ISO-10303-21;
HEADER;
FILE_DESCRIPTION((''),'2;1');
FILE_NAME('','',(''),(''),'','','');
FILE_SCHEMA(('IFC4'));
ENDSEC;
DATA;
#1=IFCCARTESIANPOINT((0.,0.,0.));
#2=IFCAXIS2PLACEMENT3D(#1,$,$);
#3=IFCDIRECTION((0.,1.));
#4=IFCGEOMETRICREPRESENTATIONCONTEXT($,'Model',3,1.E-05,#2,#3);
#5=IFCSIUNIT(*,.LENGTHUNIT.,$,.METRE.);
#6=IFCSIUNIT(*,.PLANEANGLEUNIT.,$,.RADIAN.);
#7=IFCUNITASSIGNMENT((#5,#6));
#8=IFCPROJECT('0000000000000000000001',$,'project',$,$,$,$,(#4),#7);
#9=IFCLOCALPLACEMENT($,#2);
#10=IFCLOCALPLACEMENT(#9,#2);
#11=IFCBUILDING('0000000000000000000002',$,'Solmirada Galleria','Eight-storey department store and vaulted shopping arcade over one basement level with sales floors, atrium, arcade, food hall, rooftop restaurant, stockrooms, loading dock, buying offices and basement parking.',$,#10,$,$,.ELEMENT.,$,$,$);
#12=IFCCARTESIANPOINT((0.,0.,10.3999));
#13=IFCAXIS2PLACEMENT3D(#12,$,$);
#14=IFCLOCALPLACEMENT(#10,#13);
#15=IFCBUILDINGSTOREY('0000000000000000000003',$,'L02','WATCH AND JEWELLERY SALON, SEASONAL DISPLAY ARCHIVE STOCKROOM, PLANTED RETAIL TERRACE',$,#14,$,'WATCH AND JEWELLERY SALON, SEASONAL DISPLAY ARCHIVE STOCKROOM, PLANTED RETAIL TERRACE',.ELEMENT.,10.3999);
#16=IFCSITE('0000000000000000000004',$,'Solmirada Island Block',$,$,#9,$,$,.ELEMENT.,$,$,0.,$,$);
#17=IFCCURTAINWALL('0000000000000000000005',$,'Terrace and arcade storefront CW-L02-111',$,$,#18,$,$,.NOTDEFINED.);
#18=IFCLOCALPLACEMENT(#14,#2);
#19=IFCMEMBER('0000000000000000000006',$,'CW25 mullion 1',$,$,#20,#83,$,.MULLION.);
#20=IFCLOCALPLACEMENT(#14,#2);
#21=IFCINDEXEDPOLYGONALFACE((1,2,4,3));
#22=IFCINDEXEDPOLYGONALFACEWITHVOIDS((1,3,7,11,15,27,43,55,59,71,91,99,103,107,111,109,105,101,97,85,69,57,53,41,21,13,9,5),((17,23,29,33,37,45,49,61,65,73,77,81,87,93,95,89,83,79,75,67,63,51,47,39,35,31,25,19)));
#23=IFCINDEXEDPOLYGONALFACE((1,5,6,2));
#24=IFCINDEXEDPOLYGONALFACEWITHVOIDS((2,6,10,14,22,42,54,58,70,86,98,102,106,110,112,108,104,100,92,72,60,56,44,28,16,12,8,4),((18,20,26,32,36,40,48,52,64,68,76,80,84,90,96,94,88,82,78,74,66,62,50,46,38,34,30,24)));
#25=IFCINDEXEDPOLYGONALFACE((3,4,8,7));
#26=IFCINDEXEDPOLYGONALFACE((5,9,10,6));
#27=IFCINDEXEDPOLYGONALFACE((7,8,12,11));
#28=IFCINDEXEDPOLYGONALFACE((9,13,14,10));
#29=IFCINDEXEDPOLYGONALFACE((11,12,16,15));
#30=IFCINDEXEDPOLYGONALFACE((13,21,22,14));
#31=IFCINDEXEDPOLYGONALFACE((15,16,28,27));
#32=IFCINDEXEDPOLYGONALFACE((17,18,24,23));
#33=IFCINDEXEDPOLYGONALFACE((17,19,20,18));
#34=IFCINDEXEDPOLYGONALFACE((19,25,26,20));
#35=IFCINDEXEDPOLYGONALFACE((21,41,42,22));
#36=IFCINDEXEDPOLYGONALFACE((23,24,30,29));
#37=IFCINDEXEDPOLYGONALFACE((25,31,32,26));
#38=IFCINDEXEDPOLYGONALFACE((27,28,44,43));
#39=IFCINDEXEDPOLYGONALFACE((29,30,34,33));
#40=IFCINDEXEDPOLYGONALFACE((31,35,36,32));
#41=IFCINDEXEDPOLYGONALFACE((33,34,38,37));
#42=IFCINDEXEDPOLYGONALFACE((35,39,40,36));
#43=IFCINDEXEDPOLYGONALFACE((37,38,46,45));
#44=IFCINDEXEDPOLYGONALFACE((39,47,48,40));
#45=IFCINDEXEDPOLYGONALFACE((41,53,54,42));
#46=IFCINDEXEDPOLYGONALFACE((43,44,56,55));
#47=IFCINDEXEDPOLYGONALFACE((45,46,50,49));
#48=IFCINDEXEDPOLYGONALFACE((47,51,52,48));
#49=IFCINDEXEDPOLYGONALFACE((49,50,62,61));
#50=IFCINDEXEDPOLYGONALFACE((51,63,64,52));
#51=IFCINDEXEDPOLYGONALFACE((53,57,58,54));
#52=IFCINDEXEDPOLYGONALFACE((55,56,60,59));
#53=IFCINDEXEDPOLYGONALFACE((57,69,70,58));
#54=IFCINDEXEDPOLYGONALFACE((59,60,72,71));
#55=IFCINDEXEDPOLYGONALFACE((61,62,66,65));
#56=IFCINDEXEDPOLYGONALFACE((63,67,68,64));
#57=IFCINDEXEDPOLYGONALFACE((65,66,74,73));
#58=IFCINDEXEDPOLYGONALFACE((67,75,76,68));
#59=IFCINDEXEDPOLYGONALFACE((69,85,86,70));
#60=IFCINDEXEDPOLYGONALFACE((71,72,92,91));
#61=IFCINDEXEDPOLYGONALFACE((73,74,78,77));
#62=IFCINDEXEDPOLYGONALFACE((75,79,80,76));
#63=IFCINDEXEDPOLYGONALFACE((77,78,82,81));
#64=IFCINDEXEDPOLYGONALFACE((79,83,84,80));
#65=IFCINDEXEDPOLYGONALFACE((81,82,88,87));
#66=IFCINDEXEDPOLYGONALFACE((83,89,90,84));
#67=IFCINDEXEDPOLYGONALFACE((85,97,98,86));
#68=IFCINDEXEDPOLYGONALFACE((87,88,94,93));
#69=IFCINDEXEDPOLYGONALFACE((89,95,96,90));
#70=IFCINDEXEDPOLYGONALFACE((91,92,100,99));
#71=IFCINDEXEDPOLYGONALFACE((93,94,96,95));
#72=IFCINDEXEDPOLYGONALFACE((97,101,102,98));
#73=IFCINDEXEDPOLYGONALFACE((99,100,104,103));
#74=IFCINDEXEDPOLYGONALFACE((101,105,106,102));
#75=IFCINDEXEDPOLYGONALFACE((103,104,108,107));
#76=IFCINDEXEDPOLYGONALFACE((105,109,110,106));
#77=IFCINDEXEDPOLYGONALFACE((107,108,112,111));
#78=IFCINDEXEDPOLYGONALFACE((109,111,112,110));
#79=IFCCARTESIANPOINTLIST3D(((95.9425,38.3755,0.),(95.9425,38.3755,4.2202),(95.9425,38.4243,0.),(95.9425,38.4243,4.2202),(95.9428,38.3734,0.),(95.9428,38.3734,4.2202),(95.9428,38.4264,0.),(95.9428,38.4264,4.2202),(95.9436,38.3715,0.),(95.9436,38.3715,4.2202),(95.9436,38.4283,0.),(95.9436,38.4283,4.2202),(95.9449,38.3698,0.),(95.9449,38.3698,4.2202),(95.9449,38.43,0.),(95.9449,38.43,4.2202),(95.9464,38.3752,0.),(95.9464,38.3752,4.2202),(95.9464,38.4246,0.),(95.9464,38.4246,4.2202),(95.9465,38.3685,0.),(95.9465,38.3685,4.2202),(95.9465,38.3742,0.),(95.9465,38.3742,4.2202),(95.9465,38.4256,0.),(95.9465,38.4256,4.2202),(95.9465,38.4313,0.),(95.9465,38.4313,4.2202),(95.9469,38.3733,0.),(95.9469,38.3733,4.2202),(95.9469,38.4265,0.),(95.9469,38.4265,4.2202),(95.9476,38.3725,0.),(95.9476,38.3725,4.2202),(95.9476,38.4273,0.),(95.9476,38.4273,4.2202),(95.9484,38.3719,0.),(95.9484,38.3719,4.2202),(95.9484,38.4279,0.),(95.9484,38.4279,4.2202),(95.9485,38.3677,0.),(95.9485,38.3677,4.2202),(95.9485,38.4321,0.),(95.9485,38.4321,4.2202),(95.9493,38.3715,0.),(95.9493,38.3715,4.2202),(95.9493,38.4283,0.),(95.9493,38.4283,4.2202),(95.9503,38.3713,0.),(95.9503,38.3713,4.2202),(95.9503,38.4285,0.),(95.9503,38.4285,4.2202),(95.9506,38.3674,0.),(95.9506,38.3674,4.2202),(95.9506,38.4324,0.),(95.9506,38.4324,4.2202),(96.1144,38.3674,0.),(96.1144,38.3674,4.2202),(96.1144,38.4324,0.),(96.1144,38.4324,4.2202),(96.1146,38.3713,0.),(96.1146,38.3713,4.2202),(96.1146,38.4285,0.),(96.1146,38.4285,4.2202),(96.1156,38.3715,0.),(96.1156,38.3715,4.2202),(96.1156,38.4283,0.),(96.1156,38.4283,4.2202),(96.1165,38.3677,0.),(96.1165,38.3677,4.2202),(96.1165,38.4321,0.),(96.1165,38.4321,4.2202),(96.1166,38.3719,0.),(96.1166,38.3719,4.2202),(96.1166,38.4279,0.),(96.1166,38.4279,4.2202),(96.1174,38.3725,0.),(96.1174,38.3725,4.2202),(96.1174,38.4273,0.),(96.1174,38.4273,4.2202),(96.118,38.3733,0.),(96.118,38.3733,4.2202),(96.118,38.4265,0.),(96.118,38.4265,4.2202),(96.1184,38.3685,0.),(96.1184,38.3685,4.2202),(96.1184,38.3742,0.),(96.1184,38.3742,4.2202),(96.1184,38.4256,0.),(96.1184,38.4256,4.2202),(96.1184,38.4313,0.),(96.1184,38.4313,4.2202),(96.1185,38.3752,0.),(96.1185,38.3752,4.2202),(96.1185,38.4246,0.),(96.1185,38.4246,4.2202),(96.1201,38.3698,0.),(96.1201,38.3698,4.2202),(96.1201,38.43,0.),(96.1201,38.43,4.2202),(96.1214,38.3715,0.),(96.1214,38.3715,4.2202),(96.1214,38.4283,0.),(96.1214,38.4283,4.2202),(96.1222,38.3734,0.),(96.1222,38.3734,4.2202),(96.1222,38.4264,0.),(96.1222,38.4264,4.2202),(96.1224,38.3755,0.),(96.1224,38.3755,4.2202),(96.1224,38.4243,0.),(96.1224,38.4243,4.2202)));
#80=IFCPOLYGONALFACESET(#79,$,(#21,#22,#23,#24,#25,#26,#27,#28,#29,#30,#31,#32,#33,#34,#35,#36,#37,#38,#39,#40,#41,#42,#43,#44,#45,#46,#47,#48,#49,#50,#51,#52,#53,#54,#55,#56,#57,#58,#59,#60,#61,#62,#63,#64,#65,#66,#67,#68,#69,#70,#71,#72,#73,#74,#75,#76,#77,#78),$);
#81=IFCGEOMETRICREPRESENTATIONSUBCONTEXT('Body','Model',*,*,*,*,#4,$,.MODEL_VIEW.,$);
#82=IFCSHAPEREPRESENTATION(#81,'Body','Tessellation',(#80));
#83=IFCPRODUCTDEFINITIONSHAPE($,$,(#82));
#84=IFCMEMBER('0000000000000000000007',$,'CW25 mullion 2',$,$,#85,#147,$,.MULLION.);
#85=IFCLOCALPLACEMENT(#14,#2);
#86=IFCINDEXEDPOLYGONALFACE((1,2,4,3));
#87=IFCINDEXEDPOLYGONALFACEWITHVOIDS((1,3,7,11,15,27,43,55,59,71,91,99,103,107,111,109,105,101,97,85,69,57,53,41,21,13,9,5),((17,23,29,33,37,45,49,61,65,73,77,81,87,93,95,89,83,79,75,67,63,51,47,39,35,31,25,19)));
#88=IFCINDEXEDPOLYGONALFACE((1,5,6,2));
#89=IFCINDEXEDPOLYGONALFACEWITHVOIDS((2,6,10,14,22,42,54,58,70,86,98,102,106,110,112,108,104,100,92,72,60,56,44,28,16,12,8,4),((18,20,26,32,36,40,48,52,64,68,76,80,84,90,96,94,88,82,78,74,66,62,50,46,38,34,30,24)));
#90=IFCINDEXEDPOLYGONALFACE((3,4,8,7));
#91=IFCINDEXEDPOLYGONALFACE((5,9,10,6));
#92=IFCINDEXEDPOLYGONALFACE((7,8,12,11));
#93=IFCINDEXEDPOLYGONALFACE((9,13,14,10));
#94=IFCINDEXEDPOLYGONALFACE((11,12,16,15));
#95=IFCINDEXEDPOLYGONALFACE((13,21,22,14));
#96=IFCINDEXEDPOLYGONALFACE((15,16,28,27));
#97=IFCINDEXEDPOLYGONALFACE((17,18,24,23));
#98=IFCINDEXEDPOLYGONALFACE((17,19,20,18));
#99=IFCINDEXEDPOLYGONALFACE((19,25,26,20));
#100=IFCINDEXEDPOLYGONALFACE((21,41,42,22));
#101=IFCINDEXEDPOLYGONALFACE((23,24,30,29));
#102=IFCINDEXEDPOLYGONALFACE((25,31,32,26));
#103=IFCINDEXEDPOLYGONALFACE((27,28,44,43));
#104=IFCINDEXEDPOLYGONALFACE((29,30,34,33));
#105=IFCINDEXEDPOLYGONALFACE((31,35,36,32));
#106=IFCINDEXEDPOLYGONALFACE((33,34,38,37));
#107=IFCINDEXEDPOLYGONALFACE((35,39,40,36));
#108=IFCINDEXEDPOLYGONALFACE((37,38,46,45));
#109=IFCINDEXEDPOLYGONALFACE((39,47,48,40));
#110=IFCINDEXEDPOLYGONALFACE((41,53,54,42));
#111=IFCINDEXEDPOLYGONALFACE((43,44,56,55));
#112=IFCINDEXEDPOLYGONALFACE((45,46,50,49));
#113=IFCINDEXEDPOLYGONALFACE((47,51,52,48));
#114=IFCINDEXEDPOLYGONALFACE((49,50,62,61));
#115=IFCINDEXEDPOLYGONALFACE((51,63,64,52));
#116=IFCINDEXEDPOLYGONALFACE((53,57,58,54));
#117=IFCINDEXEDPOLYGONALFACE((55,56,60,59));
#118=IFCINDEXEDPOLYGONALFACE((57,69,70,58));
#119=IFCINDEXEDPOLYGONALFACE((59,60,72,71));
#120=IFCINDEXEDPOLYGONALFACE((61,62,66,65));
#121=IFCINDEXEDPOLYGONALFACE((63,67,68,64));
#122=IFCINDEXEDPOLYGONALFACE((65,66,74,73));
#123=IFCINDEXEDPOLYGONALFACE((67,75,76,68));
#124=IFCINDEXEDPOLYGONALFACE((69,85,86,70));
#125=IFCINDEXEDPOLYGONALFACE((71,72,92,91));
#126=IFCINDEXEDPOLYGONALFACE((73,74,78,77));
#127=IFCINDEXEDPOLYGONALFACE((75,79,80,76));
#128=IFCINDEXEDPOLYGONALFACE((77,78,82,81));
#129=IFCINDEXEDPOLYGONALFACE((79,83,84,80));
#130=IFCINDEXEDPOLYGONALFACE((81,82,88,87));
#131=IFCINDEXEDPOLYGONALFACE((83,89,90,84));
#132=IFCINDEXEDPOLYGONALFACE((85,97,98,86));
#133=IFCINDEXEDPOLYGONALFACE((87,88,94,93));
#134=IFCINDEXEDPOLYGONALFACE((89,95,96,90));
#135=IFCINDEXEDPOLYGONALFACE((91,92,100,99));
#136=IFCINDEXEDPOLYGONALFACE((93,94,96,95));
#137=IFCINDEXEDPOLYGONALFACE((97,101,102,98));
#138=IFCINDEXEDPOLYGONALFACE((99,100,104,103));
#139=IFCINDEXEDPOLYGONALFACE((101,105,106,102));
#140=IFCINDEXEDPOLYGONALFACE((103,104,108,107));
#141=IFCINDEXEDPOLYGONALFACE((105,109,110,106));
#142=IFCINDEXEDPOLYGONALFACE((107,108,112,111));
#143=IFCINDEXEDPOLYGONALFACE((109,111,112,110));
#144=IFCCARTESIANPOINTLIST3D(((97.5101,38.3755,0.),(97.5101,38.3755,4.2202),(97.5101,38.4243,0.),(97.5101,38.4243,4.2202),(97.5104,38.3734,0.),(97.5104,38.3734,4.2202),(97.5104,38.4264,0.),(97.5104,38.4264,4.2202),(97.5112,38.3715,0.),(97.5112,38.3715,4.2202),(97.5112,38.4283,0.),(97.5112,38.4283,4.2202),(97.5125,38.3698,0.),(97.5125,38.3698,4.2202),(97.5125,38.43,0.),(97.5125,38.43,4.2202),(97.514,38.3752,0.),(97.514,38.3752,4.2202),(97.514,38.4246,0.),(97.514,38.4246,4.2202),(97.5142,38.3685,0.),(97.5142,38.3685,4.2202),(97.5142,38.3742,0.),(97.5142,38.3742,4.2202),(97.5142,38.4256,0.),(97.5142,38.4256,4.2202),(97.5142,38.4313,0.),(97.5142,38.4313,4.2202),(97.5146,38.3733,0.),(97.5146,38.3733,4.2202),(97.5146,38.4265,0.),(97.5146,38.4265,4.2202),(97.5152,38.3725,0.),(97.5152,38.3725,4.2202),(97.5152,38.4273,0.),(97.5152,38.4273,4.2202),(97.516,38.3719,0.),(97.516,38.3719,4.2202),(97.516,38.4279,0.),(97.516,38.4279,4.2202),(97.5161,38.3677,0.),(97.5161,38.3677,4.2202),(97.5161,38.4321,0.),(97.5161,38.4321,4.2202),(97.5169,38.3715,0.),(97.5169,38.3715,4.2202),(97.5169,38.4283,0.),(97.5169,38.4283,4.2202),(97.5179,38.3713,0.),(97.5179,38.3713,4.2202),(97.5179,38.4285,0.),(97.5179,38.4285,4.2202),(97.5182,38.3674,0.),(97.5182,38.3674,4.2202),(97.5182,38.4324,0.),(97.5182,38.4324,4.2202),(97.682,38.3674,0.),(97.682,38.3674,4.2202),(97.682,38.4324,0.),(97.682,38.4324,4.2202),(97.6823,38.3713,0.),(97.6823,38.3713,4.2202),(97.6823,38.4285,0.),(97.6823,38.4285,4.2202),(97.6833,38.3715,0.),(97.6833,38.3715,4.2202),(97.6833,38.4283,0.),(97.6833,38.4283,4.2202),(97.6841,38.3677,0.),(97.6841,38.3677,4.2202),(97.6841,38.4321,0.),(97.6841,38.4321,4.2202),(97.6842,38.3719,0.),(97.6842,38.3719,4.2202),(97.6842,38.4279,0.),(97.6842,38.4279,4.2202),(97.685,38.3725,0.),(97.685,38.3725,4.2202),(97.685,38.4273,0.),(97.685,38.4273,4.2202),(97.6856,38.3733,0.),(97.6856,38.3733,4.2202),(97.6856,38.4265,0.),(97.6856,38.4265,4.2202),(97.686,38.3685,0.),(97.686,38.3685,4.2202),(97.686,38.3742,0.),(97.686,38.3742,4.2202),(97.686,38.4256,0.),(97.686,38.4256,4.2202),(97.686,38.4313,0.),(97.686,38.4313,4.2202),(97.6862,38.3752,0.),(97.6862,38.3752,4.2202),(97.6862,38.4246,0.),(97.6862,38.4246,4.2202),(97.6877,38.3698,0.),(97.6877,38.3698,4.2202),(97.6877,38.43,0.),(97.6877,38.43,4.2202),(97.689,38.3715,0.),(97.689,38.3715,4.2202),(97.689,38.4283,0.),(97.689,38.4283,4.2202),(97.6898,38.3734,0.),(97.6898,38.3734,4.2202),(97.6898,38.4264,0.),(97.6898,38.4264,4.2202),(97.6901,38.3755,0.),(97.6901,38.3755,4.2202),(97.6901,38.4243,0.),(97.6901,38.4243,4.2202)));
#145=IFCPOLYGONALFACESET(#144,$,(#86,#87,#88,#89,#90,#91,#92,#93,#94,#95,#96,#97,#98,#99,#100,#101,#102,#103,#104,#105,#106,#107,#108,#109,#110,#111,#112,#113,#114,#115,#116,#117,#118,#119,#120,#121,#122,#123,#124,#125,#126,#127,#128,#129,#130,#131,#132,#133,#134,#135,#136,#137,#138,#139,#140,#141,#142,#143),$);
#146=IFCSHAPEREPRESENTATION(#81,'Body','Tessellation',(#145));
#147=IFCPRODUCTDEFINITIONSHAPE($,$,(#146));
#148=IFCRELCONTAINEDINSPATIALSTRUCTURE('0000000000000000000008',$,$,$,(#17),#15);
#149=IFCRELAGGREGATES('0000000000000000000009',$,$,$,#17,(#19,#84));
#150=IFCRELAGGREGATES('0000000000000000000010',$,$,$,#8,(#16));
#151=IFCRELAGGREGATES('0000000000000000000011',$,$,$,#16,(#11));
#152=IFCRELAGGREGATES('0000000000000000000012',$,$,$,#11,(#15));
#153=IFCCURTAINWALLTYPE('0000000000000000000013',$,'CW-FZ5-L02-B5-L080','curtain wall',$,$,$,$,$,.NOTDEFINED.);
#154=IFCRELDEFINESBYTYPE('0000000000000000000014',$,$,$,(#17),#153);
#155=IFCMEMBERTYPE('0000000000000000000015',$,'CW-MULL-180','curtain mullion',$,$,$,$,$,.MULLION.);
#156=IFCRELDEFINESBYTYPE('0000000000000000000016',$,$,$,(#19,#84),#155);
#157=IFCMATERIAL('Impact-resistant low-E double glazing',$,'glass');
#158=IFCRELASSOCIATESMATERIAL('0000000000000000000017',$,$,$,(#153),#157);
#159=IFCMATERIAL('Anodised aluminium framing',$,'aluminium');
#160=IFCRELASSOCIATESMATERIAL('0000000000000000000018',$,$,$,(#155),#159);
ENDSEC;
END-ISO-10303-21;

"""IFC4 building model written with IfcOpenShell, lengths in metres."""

from ifc_helpers import new_model, si_unit, direction, frame, origin, origin_2d, place, context, subcontext, project, spatial, hollow_rectangle, extrude, material, material_profile, profile_set, type_object, element, aggregate, save


model = new_model("IFC4")

# Units and contexts
model_context = context("Model", 3, precision=1e-05, world=origin(), true_north=direction((0.0, 1.0)))
body_context = subcontext(model_context, "Body", "Model", "MODEL_VIEW")
ifc_project = project(units=[si_unit("LENGTHUNIT", "METRE"), si_unit("PLANEANGLEUNIT", "RADIAN")], contexts=[model_context])

# Site, building, storey
site_placement = place(None, origin())
site = spatial("IfcSite", under=ifc_project, at=site_placement, Name="Solmirada Island Block", CompositionType="ELEMENT", RefElevation=0.0)
building_placement = place(site_placement, origin())
building = spatial("IfcBuilding", under=site, at=building_placement, Name="Solmirada Galleria", Description="Eight-storey department store and vaulted shopping arcade over one basement level with sales floors, atrium, arcade, food hall, rooftop restaurant, stockrooms, loading dock, buying offices and basement parking.", CompositionType="ELEMENT")
storey_placement = place(building_placement, frame((0.0, 0.0, 10.3999)))
storey = spatial("IfcBuildingStorey", under=building, at=storey_placement, Name="L02", Description="WATCH AND JEWELLERY SALON, SEASONAL DISPLAY ARCHIVE STOCKROOM, PLANTED RETAIL TERRACE", LongName="WATCH AND JEWELLERY SALON, SEASONAL DISPLAY ARCHIVE STOCKROOM, PLANTED RETAIL TERRACE", CompositionType="ELEMENT", Elevation=10.3999)

# Curtain wall, members
ifc_material_1 = material(Name="Impact-resistant low-E double glazing", Category="glass")
curtain_wall_type = type_object("IfcCurtainWallType", Name="CW-FZ5-L02-B5-L080", Description="curtain wall", PredefinedType="NOTDEFINED", material=ifc_material_1)
curtain_wall_placement = place(storey_placement, origin())
curtain_wall = element("IfcCurtainWall", 1, at=curtain_wall_placement, inside=storey, type_object=curtain_wall_type, Name="Terrace and arcade storefront CW-L02-111", PredefinedType="NOTDEFINED")
ifc_material_2 = material(Name="Anodised aluminium framing", Category="aluminium")
ifc_material_profile_1 = material_profile(ifc_material_2, hollow_rectangle(XDim=0.0649, YDim=0.1799, WallThickness=0.0039, InnerFilletRadius=0.0039, OuterFilletRadius=0.0081, at=origin_2d()), Name="ALU-MULL-180X65")
ifc_profile_set_1 = profile_set([ifc_material_profile_1], Name="Anodised aluminium framing")
member_type_1 = type_object("IfcMemberType", Name="CW-MULL-180", Description="curtain mullion", PredefinedType="MULLION", material=ifc_profile_set_1)
member_1_placement = place(storey_placement, frame((96.0325, 38.3999, 0.0), z_axis=(0.0, 0.0, 1.0), x_axis=(0.0, 1.0, 0.0)))
member_1 = element("IfcMember", 2, at=member_1_placement, type_object=member_type_1, Name="CW25 mullion 1", PredefinedType="MULLION", context=body_context, shape_type="SweptSolid", body=[
    extrude(hollow_rectangle(XDim=0.0649, YDim=0.1799, WallThickness=0.0039, InnerFilletRadius=0.0039, OuterFilletRadius=0.0081, at=origin_2d()), origin(), (0.0, 0.0, 1.0), 4.2202),
])
member_2_placement = place(storey_placement, frame((97.6001, 38.3999, 0.0), z_axis=(0.0, 0.0, 1.0), x_axis=(0.0, 1.0, 0.0)))
member_2 = element("IfcMember", 3, at=member_2_placement, type_object=member_type_1, Name="CW25 mullion 2", PredefinedType="MULLION", context=body_context, shape_type="SweptSolid", body=[
    extrude(hollow_rectangle(XDim=0.0649, YDim=0.1799, WallThickness=0.0039, InnerFilletRadius=0.0039, OuterFilletRadius=0.0081, at=origin_2d()), origin(), (0.0, 0.0, 1.0), 4.2202),
])
aggregate(curtain_wall, [member_1, member_2])

save(model, "model.ifc")
